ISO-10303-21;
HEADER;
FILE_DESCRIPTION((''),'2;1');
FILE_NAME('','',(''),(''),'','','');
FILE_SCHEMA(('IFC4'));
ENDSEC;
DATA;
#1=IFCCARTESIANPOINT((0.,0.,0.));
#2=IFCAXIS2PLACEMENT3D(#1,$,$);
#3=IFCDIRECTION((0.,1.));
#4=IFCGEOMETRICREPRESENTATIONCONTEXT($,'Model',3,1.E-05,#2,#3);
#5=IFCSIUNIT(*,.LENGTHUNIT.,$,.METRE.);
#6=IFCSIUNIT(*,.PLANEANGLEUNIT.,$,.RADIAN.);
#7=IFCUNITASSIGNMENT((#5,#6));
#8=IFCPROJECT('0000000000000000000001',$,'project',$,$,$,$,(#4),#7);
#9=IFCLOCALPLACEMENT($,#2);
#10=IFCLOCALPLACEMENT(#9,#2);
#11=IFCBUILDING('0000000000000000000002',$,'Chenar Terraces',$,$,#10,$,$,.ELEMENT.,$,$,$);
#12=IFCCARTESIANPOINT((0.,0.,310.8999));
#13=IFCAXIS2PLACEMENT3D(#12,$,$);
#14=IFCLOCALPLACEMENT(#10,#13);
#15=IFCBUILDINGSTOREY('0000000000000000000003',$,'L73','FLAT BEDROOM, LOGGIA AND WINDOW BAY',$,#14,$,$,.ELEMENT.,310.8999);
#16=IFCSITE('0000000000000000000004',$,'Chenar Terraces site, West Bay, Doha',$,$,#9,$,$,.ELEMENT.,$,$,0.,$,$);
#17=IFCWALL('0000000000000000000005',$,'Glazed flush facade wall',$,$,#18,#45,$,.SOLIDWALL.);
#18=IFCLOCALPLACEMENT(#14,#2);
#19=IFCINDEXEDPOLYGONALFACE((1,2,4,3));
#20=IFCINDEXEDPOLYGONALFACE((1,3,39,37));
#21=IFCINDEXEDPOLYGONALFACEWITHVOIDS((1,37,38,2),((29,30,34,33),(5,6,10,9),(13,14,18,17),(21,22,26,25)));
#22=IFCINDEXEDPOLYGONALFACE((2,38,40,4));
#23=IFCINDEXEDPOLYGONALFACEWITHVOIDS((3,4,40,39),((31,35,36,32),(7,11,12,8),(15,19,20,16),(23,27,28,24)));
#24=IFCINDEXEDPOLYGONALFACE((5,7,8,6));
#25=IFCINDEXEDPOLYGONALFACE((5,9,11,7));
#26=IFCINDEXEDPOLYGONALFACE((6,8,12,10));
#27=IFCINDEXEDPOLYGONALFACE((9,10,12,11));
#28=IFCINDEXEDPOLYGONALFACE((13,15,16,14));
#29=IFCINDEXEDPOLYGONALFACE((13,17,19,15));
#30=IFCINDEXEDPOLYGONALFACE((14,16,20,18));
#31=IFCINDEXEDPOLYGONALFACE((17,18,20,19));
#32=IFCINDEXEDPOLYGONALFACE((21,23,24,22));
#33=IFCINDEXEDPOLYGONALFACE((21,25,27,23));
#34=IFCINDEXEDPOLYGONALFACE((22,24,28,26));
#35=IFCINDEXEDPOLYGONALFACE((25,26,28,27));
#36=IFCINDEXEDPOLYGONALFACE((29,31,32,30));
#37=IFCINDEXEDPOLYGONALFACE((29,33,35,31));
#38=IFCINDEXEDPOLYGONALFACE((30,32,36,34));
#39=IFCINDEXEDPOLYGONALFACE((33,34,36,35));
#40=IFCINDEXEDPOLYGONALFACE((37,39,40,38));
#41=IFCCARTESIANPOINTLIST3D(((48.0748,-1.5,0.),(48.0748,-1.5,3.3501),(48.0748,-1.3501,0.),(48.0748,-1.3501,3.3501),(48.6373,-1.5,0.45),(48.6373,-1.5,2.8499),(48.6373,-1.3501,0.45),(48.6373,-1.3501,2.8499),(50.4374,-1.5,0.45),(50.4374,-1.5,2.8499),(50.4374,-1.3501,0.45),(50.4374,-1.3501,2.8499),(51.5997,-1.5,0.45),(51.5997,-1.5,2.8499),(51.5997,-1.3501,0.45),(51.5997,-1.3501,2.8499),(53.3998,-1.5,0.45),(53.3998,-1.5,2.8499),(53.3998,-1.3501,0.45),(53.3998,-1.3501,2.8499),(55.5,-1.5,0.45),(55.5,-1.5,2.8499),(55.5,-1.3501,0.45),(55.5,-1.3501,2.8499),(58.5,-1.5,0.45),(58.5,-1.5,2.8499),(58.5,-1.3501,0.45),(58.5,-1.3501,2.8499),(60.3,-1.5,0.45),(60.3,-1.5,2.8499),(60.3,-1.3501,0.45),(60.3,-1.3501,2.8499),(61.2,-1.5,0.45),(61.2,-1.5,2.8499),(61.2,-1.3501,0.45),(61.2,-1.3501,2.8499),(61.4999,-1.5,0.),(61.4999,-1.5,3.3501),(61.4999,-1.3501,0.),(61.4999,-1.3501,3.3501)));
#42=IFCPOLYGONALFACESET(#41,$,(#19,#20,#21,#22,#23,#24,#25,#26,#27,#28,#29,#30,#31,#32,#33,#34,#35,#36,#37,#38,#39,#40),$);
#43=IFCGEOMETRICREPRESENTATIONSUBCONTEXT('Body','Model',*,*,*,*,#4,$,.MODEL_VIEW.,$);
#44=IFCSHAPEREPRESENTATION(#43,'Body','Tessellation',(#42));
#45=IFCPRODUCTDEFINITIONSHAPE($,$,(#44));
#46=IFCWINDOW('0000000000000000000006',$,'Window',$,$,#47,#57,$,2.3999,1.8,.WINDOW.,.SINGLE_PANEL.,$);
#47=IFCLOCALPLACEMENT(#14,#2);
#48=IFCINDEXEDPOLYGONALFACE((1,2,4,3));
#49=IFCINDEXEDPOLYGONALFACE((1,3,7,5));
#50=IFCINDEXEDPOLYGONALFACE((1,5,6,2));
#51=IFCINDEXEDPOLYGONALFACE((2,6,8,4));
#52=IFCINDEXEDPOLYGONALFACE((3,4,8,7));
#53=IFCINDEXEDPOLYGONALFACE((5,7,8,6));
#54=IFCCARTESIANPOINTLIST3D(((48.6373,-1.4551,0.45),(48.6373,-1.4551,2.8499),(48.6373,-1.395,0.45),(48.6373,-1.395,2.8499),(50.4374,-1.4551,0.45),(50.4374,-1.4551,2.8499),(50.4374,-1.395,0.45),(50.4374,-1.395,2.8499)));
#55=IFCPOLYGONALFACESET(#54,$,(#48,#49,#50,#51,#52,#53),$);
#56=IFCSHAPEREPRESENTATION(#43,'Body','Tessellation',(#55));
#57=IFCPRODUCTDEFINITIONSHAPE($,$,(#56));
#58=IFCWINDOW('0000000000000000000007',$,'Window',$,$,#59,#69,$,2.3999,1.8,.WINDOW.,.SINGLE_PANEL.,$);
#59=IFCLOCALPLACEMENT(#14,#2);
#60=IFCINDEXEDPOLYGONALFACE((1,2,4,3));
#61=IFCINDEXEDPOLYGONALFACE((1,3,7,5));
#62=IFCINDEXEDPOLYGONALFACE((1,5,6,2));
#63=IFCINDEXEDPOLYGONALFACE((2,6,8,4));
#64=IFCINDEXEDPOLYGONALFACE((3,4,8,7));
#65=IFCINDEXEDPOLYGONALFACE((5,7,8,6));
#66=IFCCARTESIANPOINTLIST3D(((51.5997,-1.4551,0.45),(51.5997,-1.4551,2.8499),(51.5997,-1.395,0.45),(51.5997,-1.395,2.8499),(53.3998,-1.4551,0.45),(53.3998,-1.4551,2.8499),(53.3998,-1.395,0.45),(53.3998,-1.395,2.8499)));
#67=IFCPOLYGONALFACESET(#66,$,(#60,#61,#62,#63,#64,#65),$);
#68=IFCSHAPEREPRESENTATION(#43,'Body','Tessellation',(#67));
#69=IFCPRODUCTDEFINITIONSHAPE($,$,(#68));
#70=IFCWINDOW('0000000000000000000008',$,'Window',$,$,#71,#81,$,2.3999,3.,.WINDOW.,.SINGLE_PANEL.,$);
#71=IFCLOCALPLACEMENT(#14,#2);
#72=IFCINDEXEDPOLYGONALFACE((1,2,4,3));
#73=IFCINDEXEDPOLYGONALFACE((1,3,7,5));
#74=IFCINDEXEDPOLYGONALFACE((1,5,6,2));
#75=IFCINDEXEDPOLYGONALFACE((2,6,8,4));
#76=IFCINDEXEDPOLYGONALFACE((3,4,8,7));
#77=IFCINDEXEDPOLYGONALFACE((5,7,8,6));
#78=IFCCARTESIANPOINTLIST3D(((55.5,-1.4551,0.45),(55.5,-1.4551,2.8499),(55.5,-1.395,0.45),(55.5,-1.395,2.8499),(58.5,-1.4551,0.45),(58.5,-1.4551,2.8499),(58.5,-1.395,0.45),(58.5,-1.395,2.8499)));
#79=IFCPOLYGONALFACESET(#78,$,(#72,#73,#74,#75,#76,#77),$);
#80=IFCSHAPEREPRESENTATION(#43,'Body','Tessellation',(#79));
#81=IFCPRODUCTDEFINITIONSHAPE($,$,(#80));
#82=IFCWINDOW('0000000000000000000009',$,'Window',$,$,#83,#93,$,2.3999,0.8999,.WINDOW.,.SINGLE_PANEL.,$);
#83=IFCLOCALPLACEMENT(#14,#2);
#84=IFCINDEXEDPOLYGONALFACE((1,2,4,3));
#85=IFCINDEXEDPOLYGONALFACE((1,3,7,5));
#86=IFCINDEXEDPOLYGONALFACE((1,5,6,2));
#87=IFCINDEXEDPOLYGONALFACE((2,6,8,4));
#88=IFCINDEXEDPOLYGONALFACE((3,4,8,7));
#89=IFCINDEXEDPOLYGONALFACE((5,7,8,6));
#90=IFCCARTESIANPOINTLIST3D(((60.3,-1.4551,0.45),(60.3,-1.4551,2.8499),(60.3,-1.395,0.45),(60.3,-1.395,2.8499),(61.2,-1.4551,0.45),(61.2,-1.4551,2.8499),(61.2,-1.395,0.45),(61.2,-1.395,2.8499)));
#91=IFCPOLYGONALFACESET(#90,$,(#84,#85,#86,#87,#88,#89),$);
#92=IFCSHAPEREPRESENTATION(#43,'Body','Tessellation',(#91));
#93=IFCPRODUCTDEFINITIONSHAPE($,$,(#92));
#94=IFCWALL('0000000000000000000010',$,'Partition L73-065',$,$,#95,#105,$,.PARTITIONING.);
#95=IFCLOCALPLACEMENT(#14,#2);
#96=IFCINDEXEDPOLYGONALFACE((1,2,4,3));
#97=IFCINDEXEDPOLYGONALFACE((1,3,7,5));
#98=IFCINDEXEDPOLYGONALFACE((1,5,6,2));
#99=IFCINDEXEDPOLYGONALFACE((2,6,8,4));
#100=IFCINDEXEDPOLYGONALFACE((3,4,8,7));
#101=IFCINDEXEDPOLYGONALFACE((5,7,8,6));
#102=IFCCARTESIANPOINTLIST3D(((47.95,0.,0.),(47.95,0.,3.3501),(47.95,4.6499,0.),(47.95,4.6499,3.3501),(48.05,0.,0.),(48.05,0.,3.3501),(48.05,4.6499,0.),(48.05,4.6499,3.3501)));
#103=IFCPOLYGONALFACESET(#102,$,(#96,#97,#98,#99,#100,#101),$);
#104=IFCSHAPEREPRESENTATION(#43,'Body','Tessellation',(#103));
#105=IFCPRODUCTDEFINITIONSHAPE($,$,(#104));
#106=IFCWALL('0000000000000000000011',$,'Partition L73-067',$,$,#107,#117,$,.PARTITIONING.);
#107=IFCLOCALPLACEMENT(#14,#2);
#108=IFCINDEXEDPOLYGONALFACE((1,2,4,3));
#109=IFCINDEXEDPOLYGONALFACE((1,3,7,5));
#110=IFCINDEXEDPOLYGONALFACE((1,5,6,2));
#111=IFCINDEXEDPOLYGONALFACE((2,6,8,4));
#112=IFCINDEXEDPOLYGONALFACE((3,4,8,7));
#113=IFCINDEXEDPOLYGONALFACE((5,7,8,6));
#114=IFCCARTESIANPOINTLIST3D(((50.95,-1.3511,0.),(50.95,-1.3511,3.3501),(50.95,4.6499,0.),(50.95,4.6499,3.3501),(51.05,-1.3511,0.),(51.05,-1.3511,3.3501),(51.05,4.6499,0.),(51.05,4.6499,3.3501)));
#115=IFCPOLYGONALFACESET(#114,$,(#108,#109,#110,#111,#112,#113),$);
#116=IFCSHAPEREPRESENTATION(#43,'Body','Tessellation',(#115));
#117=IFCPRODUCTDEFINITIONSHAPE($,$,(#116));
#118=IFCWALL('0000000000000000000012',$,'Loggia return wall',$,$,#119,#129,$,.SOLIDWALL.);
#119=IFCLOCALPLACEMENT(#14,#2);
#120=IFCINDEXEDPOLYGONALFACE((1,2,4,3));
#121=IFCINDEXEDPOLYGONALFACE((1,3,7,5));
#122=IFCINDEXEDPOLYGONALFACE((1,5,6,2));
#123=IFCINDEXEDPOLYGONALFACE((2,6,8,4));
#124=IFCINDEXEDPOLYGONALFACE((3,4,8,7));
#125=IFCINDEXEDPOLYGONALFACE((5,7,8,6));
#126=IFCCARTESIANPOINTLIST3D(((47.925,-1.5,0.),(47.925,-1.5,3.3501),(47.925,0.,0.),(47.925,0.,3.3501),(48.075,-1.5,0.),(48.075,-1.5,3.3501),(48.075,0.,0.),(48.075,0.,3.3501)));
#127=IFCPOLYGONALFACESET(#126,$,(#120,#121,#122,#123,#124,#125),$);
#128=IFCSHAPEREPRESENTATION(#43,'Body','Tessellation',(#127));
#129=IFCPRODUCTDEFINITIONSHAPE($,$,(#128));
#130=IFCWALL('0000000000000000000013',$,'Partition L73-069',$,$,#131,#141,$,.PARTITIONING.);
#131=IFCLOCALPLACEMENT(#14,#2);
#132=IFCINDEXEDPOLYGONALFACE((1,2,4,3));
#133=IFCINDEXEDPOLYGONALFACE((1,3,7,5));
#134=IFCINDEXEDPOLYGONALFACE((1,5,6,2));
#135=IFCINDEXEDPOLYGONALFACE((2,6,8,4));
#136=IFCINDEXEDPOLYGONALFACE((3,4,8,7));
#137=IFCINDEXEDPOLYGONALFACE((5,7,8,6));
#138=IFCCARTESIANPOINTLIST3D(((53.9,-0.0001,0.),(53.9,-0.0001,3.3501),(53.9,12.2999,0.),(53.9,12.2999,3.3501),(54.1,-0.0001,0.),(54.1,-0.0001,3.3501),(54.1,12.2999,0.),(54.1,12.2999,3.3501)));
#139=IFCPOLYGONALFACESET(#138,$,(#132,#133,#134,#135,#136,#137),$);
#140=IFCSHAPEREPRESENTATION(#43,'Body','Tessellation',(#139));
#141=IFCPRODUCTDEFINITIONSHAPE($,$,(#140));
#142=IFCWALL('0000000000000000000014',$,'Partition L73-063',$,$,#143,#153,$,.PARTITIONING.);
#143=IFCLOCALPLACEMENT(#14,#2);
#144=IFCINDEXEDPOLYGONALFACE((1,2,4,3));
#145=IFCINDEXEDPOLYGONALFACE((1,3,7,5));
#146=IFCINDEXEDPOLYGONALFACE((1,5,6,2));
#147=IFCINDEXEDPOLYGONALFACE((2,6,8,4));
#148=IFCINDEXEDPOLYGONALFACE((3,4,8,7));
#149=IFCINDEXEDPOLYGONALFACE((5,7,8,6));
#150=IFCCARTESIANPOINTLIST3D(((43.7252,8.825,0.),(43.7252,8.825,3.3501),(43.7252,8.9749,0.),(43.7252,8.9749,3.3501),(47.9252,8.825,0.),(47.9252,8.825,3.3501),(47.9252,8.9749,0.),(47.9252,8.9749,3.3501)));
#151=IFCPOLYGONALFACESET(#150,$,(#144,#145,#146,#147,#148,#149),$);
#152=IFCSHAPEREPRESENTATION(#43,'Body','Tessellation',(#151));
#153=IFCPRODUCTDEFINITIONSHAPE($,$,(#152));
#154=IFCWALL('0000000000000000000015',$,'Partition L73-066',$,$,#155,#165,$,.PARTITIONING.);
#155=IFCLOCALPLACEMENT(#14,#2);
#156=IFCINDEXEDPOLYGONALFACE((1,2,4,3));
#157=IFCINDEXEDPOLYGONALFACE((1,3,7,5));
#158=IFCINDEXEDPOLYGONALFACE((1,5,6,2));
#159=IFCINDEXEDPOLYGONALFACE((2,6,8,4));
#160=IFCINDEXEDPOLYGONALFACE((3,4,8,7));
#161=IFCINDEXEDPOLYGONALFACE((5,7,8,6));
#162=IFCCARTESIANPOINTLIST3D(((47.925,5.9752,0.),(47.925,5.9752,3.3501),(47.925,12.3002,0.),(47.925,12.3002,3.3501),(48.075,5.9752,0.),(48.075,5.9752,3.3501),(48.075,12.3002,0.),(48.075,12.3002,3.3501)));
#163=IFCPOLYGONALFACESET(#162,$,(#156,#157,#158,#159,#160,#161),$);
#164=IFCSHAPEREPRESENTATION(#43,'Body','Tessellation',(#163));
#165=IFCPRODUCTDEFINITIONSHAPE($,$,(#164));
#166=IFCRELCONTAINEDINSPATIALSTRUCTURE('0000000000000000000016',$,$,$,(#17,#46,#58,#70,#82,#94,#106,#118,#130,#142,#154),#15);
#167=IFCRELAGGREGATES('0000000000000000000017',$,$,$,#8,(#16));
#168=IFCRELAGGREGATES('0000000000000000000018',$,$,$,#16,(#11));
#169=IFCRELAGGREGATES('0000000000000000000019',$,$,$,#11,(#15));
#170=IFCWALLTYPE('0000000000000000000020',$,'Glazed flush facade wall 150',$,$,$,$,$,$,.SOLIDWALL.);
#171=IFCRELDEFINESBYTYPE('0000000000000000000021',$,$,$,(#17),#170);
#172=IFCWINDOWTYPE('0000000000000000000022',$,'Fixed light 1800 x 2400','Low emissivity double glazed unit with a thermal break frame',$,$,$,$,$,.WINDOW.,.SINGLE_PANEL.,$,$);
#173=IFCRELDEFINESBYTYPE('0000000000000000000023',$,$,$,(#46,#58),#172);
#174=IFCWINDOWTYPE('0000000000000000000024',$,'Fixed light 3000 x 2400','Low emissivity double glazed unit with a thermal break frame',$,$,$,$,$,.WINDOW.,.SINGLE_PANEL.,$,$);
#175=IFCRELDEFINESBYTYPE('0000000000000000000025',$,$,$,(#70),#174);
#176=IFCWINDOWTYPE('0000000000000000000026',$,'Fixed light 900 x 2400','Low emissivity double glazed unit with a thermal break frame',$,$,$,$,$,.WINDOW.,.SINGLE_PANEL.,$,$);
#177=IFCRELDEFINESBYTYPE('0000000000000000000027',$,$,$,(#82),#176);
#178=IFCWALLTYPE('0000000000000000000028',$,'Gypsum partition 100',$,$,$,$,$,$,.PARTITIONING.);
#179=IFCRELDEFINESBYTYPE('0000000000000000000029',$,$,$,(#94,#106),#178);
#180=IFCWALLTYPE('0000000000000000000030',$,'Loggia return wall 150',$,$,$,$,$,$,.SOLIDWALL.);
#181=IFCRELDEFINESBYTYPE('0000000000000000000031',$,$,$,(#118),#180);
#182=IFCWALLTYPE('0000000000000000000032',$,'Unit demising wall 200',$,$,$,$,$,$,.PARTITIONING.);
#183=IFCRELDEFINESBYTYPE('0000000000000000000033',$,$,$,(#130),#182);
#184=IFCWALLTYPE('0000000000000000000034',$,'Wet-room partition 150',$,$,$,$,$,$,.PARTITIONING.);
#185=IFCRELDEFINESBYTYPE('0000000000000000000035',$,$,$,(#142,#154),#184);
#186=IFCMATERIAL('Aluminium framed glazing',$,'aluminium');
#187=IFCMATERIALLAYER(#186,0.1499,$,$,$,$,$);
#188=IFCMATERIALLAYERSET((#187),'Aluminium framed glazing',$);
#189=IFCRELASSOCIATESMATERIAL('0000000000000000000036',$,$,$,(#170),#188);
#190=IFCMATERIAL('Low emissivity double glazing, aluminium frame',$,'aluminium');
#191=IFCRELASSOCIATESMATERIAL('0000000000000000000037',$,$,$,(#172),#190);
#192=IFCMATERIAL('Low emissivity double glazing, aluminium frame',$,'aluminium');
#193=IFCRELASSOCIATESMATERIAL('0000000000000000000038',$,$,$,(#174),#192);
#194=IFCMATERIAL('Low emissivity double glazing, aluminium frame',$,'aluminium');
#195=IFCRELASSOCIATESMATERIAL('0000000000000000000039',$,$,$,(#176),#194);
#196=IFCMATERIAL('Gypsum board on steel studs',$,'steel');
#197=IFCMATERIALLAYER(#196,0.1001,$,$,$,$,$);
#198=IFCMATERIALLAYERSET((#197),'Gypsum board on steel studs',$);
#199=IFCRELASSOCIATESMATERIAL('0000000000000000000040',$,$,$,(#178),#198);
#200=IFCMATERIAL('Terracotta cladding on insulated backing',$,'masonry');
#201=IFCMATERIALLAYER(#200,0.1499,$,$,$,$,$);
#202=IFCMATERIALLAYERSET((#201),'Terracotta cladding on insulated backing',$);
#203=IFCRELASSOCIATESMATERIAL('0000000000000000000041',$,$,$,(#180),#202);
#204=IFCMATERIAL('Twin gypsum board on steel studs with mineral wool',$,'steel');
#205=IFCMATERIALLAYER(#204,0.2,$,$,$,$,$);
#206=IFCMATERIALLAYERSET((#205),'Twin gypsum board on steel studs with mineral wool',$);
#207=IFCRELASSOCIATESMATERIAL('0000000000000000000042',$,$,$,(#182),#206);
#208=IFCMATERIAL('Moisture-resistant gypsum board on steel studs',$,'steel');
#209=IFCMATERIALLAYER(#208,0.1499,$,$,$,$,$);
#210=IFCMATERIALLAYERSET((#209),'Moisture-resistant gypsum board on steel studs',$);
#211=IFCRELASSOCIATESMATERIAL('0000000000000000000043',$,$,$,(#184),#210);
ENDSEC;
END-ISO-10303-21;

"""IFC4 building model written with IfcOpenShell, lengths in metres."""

from ifc_helpers import new_model, si_unit, direction, frame, frame_2d, origin, place, context, subcontext, project, spatial, rectangle, extrude, material, layer, layer_set, type_object, element, fill, save


model = new_model("IFC4")

# Units and contexts
model_context = context("Model", 3, precision=1e-05, world=origin(), true_north=direction((0.0, 1.0)))
body_context = subcontext(model_context, "Body", "Model", "MODEL_VIEW")
ifc_project = project(units=[si_unit("LENGTHUNIT", "METRE"), si_unit("PLANEANGLEUNIT", "RADIAN")], contexts=[model_context])

# Site, building, storey
site_placement = place(None, origin())
site = spatial("IfcSite", under=ifc_project, at=site_placement, Name="Chenar Terraces site, West Bay, Doha", CompositionType="ELEMENT", RefElevation=0.0)
building_placement = place(site_placement, origin())
building = spatial("IfcBuilding", under=site, at=building_placement, Name="Chenar Terraces", CompositionType="ELEMENT")
storey_placement = place(building_placement, frame((0.0, 0.0, 310.8999)))
storey = spatial("IfcBuildingStorey", under=building, at=storey_placement, Name="L73", Description="FLAT BEDROOM, LOGGIA AND WINDOW BAY", CompositionType="ELEMENT", Elevation=310.8999)

# Wall, openings, windows
ifc_material_1 = material(Name="Aluminium framed glazing", Category="aluminium")
ifc_layer_1 = layer(ifc_material_1, 0.1499)
ifc_layer_set_1 = layer_set([ifc_layer_1], Name="Aluminium framed glazing")
wall_type_1 = type_object("IfcWallType", Name="Glazed flush facade wall 150", PredefinedType="SOLIDWALL", material=ifc_layer_set_1)
wall_1_placement = place(storey_placement, frame((48.075, -1.425, 0.0), z_axis=(0.0, 0.0, 1.0), x_axis=(1.0, 0.0, 0.0)))
wall_1 = element("IfcWall", 1, at=wall_1_placement, inside=storey, type_object=wall_type_1, Name="Glazed flush facade wall", PredefinedType="SOLIDWALL", context=body_context, shape_type="SweptSolid", body=[
    extrude(rectangle(XDim=13.425, YDim=0.1499, at=frame_2d((6.7124, 0.0))), origin(), (0.0, 0.0, 1.0), 3.3501),
])
opening_1_placement = place(wall_1_placement, frame((0.5625, 0.0, 0.45)))
opening_1 = element("IfcOpeningElement", 2, at=opening_1_placement, cuts=wall_1, PredefinedType="OPENING", context=body_context, shape_type="SweptSolid", body=[
    extrude(rectangle(XDim=1.8, YDim=2.3999, at=frame_2d((0.8999, 1.2))), frame((0.0, 0.085, 0.0), z_axis=(0.0, -1.0, 0.0), x_axis=(1.0, 0.0, 0.0)), (0.0, 0.0, 1.0), 0.1699),
])
opening_2_placement = place(wall_1_placement, frame((3.5249, 0.0, 0.45)))
opening_2 = element("IfcOpeningElement", 3, at=opening_2_placement, cuts=wall_1, PredefinedType="OPENING", context=body_context, shape_type="SweptSolid", body=[
    extrude(rectangle(XDim=1.8, YDim=2.3999, at=frame_2d((0.8999, 1.2))), frame((0.0, 0.085, 0.0), z_axis=(0.0, -1.0, 0.0), x_axis=(1.0, 0.0, 0.0)), (0.0, 0.0, 1.0), 0.1699),
])
opening_3_placement = place(wall_1_placement, frame((7.425, 0.0, 0.45)))
opening_3 = element("IfcOpeningElement", 4, at=opening_3_placement, cuts=wall_1, PredefinedType="OPENING", context=body_context, shape_type="SweptSolid", body=[
    extrude(rectangle(XDim=3.0, YDim=2.3999, at=frame_2d((1.5, 1.2))), frame((0.0, 0.085, 0.0), z_axis=(0.0, -1.0, 0.0), x_axis=(1.0, 0.0, 0.0)), (0.0, 0.0, 1.0), 0.1699),
])
opening_4_placement = place(wall_1_placement, frame((12.2251, 0.0, 0.45)))
opening_4 = element("IfcOpeningElement", 5, at=opening_4_placement, cuts=wall_1, PredefinedType="OPENING", context=body_context, shape_type="SweptSolid", body=[
    extrude(rectangle(XDim=0.8999, YDim=2.3999, at=frame_2d((0.45, 1.2))), frame((0.0, 0.085, 0.0), z_axis=(0.0, -1.0, 0.0), x_axis=(1.0, 0.0, 0.0)), (0.0, 0.0, 1.0), 0.1699),
])
ifc_material_2 = material(Name="Low emissivity double glazing, aluminium frame", Category="aluminium")
window_type_1 = type_object("IfcWindowType", Name="Fixed light 1800 x 2400", Description="Low emissivity double glazed unit with a thermal break frame", PartitioningType="SINGLE_PANEL", PredefinedType="WINDOW", material=ifc_material_2)
window_1_placement = place(opening_1_placement, origin())
window_1 = element("IfcWindow", 6, at=window_1_placement, inside=storey, type_object=window_type_1, Name="Window", OverallHeight=2.3999, OverallWidth=1.8, PartitioningType="SINGLE_PANEL", PredefinedType="WINDOW", context=body_context, shape_type="SweptSolid", body=[
    extrude(rectangle(XDim=1.8, YDim=2.3999, at=frame_2d((0.8999, 1.2))), frame((0.0, 0.03, 0.0), z_axis=(0.0, -1.0, 0.0), x_axis=(1.0, 0.0, 0.0)), (0.0, 0.0, 1.0), 0.0601),
])
fill(opening_1, window_1)
window_2_placement = place(opening_2_placement, origin())
window_2 = element("IfcWindow", 7, at=window_2_placement, inside=storey, type_object=window_type_1, Name="Window", OverallHeight=2.3999, OverallWidth=1.8, PartitioningType="SINGLE_PANEL", PredefinedType="WINDOW", context=body_context, shape_type="SweptSolid", body=[
    extrude(rectangle(XDim=1.8, YDim=2.3999, at=frame_2d((0.8999, 1.2))), frame((0.0, 0.03, 0.0), z_axis=(0.0, -1.0, 0.0), x_axis=(1.0, 0.0, 0.0)), (0.0, 0.0, 1.0), 0.0601),
])
fill(opening_2, window_2)
ifc_material_3 = material(Name="Low emissivity double glazing, aluminium frame", Category="aluminium")
window_type_2 = type_object("IfcWindowType", Name="Fixed light 3000 x 2400", Description="Low emissivity double glazed unit with a thermal break frame", PartitioningType="SINGLE_PANEL", PredefinedType="WINDOW", material=ifc_material_3)
window_3_placement = place(opening_3_placement, origin())
window_3 = element("IfcWindow", 8, at=window_3_placement, inside=storey, type_object=window_type_2, Name="Window", OverallHeight=2.3999, OverallWidth=3.0, PartitioningType="SINGLE_PANEL", PredefinedType="WINDOW", context=body_context, shape_type="SweptSolid", body=[
    extrude(rectangle(XDim=3.0, YDim=2.3999, at=frame_2d((1.5, 1.2))), frame((0.0, 0.03, 0.0), z_axis=(0.0, -1.0, 0.0), x_axis=(1.0, 0.0, 0.0)), (0.0, 0.0, 1.0), 0.0601),
])
fill(opening_3, window_3)
ifc_material_4 = material(Name="Low emissivity double glazing, aluminium frame", Category="aluminium")
window_type_3 = type_object("IfcWindowType", Name="Fixed light 900 x 2400", Description="Low emissivity double glazed unit with a thermal break frame", PartitioningType="SINGLE_PANEL", PredefinedType="WINDOW", material=ifc_material_4)
window_4_placement = place(opening_4_placement, origin())
window_4 = element("IfcWindow", 9, at=window_4_placement, inside=storey, type_object=window_type_3, Name="Window", OverallHeight=2.3999, OverallWidth=0.8999, PartitioningType="SINGLE_PANEL", PredefinedType="WINDOW", context=body_context, shape_type="SweptSolid", body=[
    extrude(rectangle(XDim=0.8999, YDim=2.3999, at=frame_2d((0.45, 1.2))), frame((0.0, 0.03, 0.0), z_axis=(0.0, -1.0, 0.0), x_axis=(1.0, 0.0, 0.0)), (0.0, 0.0, 1.0), 0.0601),
])
fill(opening_4, window_4)

# Walls
ifc_material_5 = material(Name="Gypsum board on steel studs", Category="steel")
ifc_layer_2 = layer(ifc_material_5, 0.1001)
ifc_layer_set_2 = layer_set([ifc_layer_2], Name="Gypsum board on steel studs")
wall_type_2 = type_object("IfcWallType", Name="Gypsum partition 100", PredefinedType="PARTITIONING", material=ifc_layer_set_2)
wall_2_placement = place(storey_placement, frame((48.0, 0.0, 0.0), z_axis=(0.0, 0.0, 1.0), x_axis=(0.0, 1.0, 0.0)))
element("IfcWall", 10, at=wall_2_placement, inside=storey, type_object=wall_type_2, Name="Partition L73-065", PredefinedType="PARTITIONING", context=body_context, shape_type="SweptSolid", body=[
    extrude(rectangle(XDim=4.6499, YDim=0.1001, at=frame_2d((2.325, 0.0))), origin(), (0.0, 0.0, 1.0), 3.3501),
])
wall_3_placement = place(storey_placement, frame((51.0, -1.3511, 0.0), z_axis=(0.0, 0.0, 1.0), x_axis=(0.0, 1.0, 0.0)))
element("IfcWall", 11, at=wall_3_placement, inside=storey, type_object=wall_type_2, Name="Partition L73-067", PredefinedType="PARTITIONING", context=body_context, shape_type="SweptSolid", body=[
    extrude(rectangle(XDim=6.001, YDim=0.1001, at=frame_2d((3.0005, 0.0))), origin(), (0.0, 0.0, 1.0), 3.3501),
])
ifc_material_6 = material(Name="Terracotta cladding on insulated backing", Category="masonry")
ifc_layer_3 = layer(ifc_material_6, 0.1499)
ifc_layer_set_3 = layer_set([ifc_layer_3], Name="Terracotta cladding on insulated backing")
wall_type_3 = type_object("IfcWallType", Name="Loggia return wall 150", PredefinedType="SOLIDWALL", material=ifc_layer_set_3)
wall_4_placement = place(storey_placement, frame((48.0, -1.5, 0.0), z_axis=(0.0, 0.0, 1.0), x_axis=(0.0, 1.0, 0.0)))
element("IfcWall", 12, at=wall_4_placement, inside=storey, type_object=wall_type_3, Name="Loggia return wall", PredefinedType="SOLIDWALL", context=body_context, shape_type="SweptSolid", body=[
    extrude(rectangle(XDim=1.5, YDim=0.1499, at=frame_2d((0.75, 0.0))), origin(), (0.0, 0.0, 1.0), 3.3501),
])
ifc_material_7 = material(Name="Twin gypsum board on steel studs with mineral wool", Category="steel")
ifc_layer_4 = layer(ifc_material_7, 0.2)
ifc_layer_set_4 = layer_set([ifc_layer_4], Name="Twin gypsum board on steel studs with mineral wool")
wall_type_4 = type_object("IfcWallType", Name="Unit demising wall 200", PredefinedType="PARTITIONING", material=ifc_layer_set_4)
wall_5_placement = place(storey_placement, frame((54.0, 0.0, 0.0), z_axis=(0.0, 0.0, 1.0), x_axis=(0.0, 1.0, 0.0)))
element("IfcWall", 13, at=wall_5_placement, inside=storey, type_object=wall_type_4, Name="Partition L73-069", PredefinedType="PARTITIONING", context=body_context, shape_type="SweptSolid", body=[
    extrude(rectangle(XDim=12.3, YDim=0.2, at=frame_2d((6.1499, 0.0))), origin(), (0.0, 0.0, 1.0), 3.3501),
])
ifc_material_8 = material(Name="Moisture-resistant gypsum board on steel studs", Category="steel")
ifc_layer_5 = layer(ifc_material_8, 0.1499)
ifc_layer_set_5 = layer_set([ifc_layer_5], Name="Moisture-resistant gypsum board on steel studs")
wall_type_5 = type_object("IfcWallType", Name="Wet-room partition 150", PredefinedType="PARTITIONING", material=ifc_layer_set_5)
wall_6_placement = place(storey_placement, frame((43.7251, 8.8999, 0.0), z_axis=(0.0, 0.0, 1.0), x_axis=(1.0, 0.0, 0.0)))
element("IfcWall", 14, at=wall_6_placement, inside=storey, type_object=wall_type_5, Name="Partition L73-063", PredefinedType="PARTITIONING", context=body_context, shape_type="SweptSolid", body=[
    extrude(rectangle(XDim=4.2, YDim=0.1499, at=frame_2d((2.1001, 0.0))), origin(), (0.0, 0.0, 1.0), 3.3501),
])
wall_7_placement = place(storey_placement, frame((48.0, 5.9751, 0.0), z_axis=(0.0, 0.0, 1.0), x_axis=(0.0, 1.0, 0.0)))
element("IfcWall", 15, at=wall_7_placement, inside=storey, type_object=wall_type_5, Name="Partition L73-066", PredefinedType="PARTITIONING", context=body_context, shape_type="SweptSolid", body=[
    extrude(rectangle(XDim=6.325, YDim=0.1499, at=frame_2d((3.1626, 0.0))), origin(), (0.0, 0.0, 1.0), 3.3501),
])

save(model, "model.ifc")
